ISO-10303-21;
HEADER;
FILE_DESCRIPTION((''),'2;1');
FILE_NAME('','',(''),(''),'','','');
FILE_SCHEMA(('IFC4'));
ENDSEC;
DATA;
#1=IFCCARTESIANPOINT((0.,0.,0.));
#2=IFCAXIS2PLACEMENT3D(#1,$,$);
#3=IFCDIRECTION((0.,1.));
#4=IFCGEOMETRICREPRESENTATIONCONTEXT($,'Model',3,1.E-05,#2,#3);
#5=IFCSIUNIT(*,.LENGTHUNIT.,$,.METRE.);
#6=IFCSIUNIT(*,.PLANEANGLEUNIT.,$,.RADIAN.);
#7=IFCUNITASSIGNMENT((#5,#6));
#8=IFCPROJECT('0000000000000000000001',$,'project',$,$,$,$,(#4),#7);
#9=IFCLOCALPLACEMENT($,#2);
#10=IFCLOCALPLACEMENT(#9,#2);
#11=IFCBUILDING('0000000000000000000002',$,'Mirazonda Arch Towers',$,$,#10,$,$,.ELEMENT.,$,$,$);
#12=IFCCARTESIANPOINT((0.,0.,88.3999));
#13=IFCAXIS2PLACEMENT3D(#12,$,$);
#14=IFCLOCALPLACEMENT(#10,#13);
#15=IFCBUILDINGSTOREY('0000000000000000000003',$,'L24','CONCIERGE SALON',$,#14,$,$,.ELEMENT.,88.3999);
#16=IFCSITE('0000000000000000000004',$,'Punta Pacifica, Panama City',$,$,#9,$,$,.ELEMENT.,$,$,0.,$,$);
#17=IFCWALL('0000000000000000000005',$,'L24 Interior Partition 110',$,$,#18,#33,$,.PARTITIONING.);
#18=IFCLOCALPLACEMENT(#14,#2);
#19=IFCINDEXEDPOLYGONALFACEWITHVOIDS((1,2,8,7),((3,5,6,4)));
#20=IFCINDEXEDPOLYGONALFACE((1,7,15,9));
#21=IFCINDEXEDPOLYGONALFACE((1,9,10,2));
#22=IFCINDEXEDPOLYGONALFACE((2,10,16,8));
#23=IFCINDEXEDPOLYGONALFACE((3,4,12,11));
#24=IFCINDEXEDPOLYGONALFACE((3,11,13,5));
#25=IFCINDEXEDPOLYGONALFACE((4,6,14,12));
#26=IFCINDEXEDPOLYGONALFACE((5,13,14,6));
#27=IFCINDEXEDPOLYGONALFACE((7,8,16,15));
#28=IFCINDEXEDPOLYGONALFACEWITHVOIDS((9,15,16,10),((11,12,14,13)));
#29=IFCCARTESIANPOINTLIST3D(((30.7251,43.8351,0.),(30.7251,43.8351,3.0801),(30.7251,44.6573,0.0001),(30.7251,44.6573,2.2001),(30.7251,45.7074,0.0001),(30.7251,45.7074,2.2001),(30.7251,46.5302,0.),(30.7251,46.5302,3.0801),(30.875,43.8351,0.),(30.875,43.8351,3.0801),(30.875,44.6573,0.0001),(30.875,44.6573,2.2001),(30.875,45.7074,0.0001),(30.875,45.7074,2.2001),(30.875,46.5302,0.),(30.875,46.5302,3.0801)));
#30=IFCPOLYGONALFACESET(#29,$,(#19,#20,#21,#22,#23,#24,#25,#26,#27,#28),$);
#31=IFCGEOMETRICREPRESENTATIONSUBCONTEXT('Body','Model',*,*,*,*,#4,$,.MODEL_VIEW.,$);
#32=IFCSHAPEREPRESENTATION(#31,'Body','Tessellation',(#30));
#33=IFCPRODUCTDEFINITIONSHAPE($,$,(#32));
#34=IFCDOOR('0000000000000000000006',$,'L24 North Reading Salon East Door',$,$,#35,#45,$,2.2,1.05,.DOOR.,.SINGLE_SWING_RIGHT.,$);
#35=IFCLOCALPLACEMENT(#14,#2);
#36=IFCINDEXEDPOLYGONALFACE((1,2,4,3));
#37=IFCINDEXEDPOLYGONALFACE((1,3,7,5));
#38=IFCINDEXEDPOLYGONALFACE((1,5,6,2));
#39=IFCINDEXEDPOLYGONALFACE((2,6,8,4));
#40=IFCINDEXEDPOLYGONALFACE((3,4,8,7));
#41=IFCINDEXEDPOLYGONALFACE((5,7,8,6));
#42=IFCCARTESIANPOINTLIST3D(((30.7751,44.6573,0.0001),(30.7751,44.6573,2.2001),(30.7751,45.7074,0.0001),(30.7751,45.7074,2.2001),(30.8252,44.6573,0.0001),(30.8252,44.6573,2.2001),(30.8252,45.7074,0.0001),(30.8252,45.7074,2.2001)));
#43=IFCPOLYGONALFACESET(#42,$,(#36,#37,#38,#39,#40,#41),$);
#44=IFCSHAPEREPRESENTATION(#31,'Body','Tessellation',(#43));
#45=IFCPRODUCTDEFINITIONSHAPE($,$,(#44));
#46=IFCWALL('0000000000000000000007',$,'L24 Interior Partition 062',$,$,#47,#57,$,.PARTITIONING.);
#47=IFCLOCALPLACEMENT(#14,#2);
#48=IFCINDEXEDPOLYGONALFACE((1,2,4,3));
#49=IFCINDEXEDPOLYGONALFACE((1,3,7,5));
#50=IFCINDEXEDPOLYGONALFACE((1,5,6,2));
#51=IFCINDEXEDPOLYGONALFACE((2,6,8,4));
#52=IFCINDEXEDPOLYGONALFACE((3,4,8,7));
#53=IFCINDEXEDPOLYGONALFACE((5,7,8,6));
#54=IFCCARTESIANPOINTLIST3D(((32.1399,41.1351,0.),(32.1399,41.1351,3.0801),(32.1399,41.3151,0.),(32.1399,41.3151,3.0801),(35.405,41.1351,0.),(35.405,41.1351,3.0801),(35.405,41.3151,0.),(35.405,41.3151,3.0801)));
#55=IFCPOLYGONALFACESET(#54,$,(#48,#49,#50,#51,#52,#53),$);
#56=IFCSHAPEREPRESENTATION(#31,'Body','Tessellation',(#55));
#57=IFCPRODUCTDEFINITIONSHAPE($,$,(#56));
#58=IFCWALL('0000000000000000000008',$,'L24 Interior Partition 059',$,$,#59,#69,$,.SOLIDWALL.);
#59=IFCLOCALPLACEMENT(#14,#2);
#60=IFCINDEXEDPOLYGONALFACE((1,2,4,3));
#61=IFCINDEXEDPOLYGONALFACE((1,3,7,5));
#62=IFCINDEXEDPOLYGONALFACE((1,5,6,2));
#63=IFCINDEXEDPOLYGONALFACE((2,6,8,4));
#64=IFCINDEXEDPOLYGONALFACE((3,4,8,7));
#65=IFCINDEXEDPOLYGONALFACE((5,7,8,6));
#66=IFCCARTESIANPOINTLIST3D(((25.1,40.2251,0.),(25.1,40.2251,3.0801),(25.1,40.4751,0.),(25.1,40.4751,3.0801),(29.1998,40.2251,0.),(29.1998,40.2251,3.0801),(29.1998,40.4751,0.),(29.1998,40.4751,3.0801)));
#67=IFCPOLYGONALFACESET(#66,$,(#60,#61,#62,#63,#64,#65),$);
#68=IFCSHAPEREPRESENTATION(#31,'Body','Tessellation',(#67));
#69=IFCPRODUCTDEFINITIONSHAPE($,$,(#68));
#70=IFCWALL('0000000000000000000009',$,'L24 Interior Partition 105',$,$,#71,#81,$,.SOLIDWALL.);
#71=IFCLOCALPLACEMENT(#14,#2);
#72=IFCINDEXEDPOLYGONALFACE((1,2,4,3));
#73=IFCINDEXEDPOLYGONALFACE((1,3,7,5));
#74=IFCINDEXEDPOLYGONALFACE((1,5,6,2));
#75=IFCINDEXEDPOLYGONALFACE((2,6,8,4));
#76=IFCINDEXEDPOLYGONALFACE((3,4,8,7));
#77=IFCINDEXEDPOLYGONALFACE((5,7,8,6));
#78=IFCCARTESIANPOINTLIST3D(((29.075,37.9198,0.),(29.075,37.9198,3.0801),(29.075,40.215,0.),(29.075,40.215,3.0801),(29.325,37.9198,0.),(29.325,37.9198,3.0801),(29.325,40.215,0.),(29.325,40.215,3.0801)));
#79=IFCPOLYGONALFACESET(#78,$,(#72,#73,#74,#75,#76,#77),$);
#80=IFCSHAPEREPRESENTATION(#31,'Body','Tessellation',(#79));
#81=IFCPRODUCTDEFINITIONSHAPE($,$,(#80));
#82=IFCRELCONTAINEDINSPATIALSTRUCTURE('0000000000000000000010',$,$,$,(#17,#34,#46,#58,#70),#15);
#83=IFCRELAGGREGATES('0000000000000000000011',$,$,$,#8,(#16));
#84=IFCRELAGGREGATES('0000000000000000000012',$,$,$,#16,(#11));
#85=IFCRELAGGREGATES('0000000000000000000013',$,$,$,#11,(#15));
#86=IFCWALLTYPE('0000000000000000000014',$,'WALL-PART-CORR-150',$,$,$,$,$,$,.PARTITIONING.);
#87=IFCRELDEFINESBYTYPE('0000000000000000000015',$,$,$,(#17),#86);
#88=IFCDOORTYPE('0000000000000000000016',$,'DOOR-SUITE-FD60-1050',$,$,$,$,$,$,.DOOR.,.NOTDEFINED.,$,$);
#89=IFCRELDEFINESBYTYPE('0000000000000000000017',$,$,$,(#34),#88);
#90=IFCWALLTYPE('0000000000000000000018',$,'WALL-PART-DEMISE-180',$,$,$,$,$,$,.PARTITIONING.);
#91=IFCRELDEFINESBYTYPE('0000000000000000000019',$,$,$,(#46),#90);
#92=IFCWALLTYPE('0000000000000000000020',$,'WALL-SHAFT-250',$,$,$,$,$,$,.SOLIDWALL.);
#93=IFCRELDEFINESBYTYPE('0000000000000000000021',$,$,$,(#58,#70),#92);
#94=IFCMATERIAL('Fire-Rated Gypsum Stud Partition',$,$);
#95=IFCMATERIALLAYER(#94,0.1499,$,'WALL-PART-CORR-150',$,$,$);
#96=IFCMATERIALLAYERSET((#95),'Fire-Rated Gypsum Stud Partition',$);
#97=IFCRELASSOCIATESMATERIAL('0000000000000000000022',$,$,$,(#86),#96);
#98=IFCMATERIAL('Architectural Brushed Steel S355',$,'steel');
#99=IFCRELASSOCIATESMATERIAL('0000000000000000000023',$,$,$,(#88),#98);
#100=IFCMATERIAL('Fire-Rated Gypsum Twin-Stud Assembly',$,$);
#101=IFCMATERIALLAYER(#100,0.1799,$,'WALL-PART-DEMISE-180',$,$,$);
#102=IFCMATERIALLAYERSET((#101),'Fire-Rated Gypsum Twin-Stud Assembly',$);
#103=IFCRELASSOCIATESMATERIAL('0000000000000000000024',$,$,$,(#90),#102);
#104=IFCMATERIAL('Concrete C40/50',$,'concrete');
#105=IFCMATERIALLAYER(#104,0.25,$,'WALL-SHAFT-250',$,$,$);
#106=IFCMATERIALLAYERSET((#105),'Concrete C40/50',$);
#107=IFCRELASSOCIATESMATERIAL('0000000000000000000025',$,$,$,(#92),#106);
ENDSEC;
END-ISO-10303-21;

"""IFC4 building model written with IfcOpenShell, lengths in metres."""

from ifc_helpers import new_model, si_unit, direction, frame, frame_2d, origin, place, context, subcontext, project, spatial, rectangle, extrude, material, layer, layer_set, type_object, element, fill, save


model = new_model("IFC4")

# Units and contexts
model_context = context("Model", 3, precision=1e-05, world=origin(), true_north=direction((0.0, 1.0)))
body_context = subcontext(model_context, "Body", "Model", "MODEL_VIEW")
ifc_project = project(units=[si_unit("LENGTHUNIT", "METRE"), si_unit("PLANEANGLEUNIT", "RADIAN")], contexts=[model_context])

# Site, building, storey
site_placement = place(None, origin())
site = spatial("IfcSite", under=ifc_project, at=site_placement, Name="Punta Pacifica, Panama City", CompositionType="ELEMENT", RefElevation=0.0)
building_placement = place(site_placement, origin())
building = spatial("IfcBuilding", under=site, at=building_placement, Name="Mirazonda Arch Towers", CompositionType="ELEMENT")
storey_placement = place(building_placement, frame((0.0, 0.0, 88.3999)))
storey = spatial("IfcBuildingStorey", under=building, at=storey_placement, Name="L24", Description="CONCIERGE SALON", CompositionType="ELEMENT", Elevation=88.3999)

# Shared definitions
ifc_material_1 = material(Name="Fire-Rated Gypsum Stud Partition")
ifc_layer_1 = layer(ifc_material_1, 0.1499, Name="WALL-PART-CORR-150")
ifc_layer_set_1 = layer_set([ifc_layer_1], Name="Fire-Rated Gypsum Stud Partition")
wall_type_1 = type_object("IfcWallType", Name="WALL-PART-CORR-150", PredefinedType="PARTITIONING", material=ifc_layer_set_1)

# Wall, opening, door
wall_1_placement = place(storey_placement, frame((30.8, 43.835, 0.0), z_axis=(0.0, 0.0, 1.0), x_axis=(0.0, 1.0, 0.0)))
wall_1 = element("IfcWall", 1, at=wall_1_placement, inside=storey, type_object=wall_type_1, Name="L24 Interior Partition 110", PredefinedType="PARTITIONING", context=body_context, shape_type="SweptSolid", body=[
    extrude(rectangle(XDim=2.6951, YDim=0.1499, at=frame_2d((1.3477, 0.0))), origin(), (0.0, 0.0, 1.0), 3.0801),
])
opening_1_placement = place(wall_1_placement, frame((0.8225, 0.0, 0.0)))
opening_1 = element("IfcOpeningElement", 2, at=opening_1_placement, cuts=wall_1, PredefinedType="OPENING", context=body_context, shape_type="SweptSolid", body=[
    extrude(rectangle(XDim=1.05, YDim=2.2, at=frame_2d((0.5249, 1.1001))), frame((0.0, 0.085, 0.0), z_axis=(0.0, -1.0, 0.0), x_axis=(1.0, 0.0, 0.0)), (0.0, 0.0, 1.0), 0.1699),
])
ifc_material_2 = material(Name="Architectural Brushed Steel S355", Category="steel")
door_type_1 = type_object("IfcDoorType", Name="DOOR-SUITE-FD60-1050", OperationType="NOTDEFINED", PredefinedType="DOOR", material=ifc_material_2)
door_1_placement = place(opening_1_placement, origin())
door_1 = element("IfcDoor", 3, at=door_1_placement, inside=storey, type_object=door_type_1, Name="L24 North Reading Salon East Door", OperationType="SINGLE_SWING_RIGHT", OverallHeight=2.2, OverallWidth=1.05, PredefinedType="DOOR", context=body_context, shape_type="SweptSolid", body=[
    extrude(rectangle(XDim=1.05, YDim=2.2, at=frame_2d((0.5249, 1.1001))), frame((0.0, 0.0249, 0.0), z_axis=(0.0, -1.0, 0.0), x_axis=(1.0, 0.0, 0.0)), (0.0, 0.0, 1.0), 0.05),
])
fill(opening_1, door_1)

# Wall
ifc_material_3 = material(Name="Fire-Rated Gypsum Twin-Stud Assembly")
ifc_layer_2 = layer(ifc_material_3, 0.1799, Name="WALL-PART-DEMISE-180")
ifc_layer_set_2 = layer_set([ifc_layer_2], Name="Fire-Rated Gypsum Twin-Stud Assembly")
wall_type_2 = type_object("IfcWallType", Name="WALL-PART-DEMISE-180", PredefinedType="PARTITIONING", material=ifc_layer_set_2)
wall_2_placement = place(storey_placement, frame((32.1399, 41.2251, 0.0), z_axis=(0.0, 0.0, 1.0), x_axis=(1.0, 0.0, 0.0)))
element("IfcWall", 4, at=wall_2_placement, inside=storey, type_object=wall_type_2, Name="L24 Interior Partition 062", PredefinedType="PARTITIONING", context=body_context, shape_type="SweptSolid", body=[
    extrude(rectangle(XDim=3.2651, YDim=0.1799, at=frame_2d((1.6326, 0.0))), origin(), (0.0, 0.0, 1.0), 3.0801),
])

# Walls
ifc_material_4 = material(Name="Concrete C40/50", Category="concrete")
ifc_layer_3 = layer(ifc_material_4, 0.25, Name="WALL-SHAFT-250")
ifc_layer_set_3 = layer_set([ifc_layer_3], Name="Concrete C40/50")
wall_type_3 = type_object("IfcWallType", Name="WALL-SHAFT-250", PredefinedType="SOLIDWALL", material=ifc_layer_set_3)
wall_3_placement = place(storey_placement, frame((25.1001, 40.3501, 0.0), z_axis=(0.0, 0.0, 1.0), x_axis=(1.0, 0.0, 0.0)))
element("IfcWall", 5, at=wall_3_placement, inside=storey, type_object=wall_type_3, Name="L24 Interior Partition 059", PredefinedType="SOLIDWALL", context=body_context, shape_type="SweptSolid", body=[
    extrude(rectangle(XDim=4.0999, YDim=0.25, at=frame_2d((2.0498, 0.0))), origin(), (0.0, 0.0, 1.0), 3.0801),
])
wall_4_placement = place(storey_placement, frame((29.2, 37.9199, 0.0), z_axis=(0.0, 0.0, 1.0), x_axis=(0.0, 1.0, 0.0)))
element("IfcWall", 6, at=wall_4_placement, inside=storey, type_object=wall_type_3, Name="L24 Interior Partition 105", PredefinedType="SOLIDWALL", context=body_context, shape_type="SweptSolid", body=[
    extrude(rectangle(XDim=2.2952, YDim=0.25, at=frame_2d((1.1475, 0.0))), origin(), (0.0, 0.0, 1.0), 3.0801),
])

save(model, "model.ifc")
